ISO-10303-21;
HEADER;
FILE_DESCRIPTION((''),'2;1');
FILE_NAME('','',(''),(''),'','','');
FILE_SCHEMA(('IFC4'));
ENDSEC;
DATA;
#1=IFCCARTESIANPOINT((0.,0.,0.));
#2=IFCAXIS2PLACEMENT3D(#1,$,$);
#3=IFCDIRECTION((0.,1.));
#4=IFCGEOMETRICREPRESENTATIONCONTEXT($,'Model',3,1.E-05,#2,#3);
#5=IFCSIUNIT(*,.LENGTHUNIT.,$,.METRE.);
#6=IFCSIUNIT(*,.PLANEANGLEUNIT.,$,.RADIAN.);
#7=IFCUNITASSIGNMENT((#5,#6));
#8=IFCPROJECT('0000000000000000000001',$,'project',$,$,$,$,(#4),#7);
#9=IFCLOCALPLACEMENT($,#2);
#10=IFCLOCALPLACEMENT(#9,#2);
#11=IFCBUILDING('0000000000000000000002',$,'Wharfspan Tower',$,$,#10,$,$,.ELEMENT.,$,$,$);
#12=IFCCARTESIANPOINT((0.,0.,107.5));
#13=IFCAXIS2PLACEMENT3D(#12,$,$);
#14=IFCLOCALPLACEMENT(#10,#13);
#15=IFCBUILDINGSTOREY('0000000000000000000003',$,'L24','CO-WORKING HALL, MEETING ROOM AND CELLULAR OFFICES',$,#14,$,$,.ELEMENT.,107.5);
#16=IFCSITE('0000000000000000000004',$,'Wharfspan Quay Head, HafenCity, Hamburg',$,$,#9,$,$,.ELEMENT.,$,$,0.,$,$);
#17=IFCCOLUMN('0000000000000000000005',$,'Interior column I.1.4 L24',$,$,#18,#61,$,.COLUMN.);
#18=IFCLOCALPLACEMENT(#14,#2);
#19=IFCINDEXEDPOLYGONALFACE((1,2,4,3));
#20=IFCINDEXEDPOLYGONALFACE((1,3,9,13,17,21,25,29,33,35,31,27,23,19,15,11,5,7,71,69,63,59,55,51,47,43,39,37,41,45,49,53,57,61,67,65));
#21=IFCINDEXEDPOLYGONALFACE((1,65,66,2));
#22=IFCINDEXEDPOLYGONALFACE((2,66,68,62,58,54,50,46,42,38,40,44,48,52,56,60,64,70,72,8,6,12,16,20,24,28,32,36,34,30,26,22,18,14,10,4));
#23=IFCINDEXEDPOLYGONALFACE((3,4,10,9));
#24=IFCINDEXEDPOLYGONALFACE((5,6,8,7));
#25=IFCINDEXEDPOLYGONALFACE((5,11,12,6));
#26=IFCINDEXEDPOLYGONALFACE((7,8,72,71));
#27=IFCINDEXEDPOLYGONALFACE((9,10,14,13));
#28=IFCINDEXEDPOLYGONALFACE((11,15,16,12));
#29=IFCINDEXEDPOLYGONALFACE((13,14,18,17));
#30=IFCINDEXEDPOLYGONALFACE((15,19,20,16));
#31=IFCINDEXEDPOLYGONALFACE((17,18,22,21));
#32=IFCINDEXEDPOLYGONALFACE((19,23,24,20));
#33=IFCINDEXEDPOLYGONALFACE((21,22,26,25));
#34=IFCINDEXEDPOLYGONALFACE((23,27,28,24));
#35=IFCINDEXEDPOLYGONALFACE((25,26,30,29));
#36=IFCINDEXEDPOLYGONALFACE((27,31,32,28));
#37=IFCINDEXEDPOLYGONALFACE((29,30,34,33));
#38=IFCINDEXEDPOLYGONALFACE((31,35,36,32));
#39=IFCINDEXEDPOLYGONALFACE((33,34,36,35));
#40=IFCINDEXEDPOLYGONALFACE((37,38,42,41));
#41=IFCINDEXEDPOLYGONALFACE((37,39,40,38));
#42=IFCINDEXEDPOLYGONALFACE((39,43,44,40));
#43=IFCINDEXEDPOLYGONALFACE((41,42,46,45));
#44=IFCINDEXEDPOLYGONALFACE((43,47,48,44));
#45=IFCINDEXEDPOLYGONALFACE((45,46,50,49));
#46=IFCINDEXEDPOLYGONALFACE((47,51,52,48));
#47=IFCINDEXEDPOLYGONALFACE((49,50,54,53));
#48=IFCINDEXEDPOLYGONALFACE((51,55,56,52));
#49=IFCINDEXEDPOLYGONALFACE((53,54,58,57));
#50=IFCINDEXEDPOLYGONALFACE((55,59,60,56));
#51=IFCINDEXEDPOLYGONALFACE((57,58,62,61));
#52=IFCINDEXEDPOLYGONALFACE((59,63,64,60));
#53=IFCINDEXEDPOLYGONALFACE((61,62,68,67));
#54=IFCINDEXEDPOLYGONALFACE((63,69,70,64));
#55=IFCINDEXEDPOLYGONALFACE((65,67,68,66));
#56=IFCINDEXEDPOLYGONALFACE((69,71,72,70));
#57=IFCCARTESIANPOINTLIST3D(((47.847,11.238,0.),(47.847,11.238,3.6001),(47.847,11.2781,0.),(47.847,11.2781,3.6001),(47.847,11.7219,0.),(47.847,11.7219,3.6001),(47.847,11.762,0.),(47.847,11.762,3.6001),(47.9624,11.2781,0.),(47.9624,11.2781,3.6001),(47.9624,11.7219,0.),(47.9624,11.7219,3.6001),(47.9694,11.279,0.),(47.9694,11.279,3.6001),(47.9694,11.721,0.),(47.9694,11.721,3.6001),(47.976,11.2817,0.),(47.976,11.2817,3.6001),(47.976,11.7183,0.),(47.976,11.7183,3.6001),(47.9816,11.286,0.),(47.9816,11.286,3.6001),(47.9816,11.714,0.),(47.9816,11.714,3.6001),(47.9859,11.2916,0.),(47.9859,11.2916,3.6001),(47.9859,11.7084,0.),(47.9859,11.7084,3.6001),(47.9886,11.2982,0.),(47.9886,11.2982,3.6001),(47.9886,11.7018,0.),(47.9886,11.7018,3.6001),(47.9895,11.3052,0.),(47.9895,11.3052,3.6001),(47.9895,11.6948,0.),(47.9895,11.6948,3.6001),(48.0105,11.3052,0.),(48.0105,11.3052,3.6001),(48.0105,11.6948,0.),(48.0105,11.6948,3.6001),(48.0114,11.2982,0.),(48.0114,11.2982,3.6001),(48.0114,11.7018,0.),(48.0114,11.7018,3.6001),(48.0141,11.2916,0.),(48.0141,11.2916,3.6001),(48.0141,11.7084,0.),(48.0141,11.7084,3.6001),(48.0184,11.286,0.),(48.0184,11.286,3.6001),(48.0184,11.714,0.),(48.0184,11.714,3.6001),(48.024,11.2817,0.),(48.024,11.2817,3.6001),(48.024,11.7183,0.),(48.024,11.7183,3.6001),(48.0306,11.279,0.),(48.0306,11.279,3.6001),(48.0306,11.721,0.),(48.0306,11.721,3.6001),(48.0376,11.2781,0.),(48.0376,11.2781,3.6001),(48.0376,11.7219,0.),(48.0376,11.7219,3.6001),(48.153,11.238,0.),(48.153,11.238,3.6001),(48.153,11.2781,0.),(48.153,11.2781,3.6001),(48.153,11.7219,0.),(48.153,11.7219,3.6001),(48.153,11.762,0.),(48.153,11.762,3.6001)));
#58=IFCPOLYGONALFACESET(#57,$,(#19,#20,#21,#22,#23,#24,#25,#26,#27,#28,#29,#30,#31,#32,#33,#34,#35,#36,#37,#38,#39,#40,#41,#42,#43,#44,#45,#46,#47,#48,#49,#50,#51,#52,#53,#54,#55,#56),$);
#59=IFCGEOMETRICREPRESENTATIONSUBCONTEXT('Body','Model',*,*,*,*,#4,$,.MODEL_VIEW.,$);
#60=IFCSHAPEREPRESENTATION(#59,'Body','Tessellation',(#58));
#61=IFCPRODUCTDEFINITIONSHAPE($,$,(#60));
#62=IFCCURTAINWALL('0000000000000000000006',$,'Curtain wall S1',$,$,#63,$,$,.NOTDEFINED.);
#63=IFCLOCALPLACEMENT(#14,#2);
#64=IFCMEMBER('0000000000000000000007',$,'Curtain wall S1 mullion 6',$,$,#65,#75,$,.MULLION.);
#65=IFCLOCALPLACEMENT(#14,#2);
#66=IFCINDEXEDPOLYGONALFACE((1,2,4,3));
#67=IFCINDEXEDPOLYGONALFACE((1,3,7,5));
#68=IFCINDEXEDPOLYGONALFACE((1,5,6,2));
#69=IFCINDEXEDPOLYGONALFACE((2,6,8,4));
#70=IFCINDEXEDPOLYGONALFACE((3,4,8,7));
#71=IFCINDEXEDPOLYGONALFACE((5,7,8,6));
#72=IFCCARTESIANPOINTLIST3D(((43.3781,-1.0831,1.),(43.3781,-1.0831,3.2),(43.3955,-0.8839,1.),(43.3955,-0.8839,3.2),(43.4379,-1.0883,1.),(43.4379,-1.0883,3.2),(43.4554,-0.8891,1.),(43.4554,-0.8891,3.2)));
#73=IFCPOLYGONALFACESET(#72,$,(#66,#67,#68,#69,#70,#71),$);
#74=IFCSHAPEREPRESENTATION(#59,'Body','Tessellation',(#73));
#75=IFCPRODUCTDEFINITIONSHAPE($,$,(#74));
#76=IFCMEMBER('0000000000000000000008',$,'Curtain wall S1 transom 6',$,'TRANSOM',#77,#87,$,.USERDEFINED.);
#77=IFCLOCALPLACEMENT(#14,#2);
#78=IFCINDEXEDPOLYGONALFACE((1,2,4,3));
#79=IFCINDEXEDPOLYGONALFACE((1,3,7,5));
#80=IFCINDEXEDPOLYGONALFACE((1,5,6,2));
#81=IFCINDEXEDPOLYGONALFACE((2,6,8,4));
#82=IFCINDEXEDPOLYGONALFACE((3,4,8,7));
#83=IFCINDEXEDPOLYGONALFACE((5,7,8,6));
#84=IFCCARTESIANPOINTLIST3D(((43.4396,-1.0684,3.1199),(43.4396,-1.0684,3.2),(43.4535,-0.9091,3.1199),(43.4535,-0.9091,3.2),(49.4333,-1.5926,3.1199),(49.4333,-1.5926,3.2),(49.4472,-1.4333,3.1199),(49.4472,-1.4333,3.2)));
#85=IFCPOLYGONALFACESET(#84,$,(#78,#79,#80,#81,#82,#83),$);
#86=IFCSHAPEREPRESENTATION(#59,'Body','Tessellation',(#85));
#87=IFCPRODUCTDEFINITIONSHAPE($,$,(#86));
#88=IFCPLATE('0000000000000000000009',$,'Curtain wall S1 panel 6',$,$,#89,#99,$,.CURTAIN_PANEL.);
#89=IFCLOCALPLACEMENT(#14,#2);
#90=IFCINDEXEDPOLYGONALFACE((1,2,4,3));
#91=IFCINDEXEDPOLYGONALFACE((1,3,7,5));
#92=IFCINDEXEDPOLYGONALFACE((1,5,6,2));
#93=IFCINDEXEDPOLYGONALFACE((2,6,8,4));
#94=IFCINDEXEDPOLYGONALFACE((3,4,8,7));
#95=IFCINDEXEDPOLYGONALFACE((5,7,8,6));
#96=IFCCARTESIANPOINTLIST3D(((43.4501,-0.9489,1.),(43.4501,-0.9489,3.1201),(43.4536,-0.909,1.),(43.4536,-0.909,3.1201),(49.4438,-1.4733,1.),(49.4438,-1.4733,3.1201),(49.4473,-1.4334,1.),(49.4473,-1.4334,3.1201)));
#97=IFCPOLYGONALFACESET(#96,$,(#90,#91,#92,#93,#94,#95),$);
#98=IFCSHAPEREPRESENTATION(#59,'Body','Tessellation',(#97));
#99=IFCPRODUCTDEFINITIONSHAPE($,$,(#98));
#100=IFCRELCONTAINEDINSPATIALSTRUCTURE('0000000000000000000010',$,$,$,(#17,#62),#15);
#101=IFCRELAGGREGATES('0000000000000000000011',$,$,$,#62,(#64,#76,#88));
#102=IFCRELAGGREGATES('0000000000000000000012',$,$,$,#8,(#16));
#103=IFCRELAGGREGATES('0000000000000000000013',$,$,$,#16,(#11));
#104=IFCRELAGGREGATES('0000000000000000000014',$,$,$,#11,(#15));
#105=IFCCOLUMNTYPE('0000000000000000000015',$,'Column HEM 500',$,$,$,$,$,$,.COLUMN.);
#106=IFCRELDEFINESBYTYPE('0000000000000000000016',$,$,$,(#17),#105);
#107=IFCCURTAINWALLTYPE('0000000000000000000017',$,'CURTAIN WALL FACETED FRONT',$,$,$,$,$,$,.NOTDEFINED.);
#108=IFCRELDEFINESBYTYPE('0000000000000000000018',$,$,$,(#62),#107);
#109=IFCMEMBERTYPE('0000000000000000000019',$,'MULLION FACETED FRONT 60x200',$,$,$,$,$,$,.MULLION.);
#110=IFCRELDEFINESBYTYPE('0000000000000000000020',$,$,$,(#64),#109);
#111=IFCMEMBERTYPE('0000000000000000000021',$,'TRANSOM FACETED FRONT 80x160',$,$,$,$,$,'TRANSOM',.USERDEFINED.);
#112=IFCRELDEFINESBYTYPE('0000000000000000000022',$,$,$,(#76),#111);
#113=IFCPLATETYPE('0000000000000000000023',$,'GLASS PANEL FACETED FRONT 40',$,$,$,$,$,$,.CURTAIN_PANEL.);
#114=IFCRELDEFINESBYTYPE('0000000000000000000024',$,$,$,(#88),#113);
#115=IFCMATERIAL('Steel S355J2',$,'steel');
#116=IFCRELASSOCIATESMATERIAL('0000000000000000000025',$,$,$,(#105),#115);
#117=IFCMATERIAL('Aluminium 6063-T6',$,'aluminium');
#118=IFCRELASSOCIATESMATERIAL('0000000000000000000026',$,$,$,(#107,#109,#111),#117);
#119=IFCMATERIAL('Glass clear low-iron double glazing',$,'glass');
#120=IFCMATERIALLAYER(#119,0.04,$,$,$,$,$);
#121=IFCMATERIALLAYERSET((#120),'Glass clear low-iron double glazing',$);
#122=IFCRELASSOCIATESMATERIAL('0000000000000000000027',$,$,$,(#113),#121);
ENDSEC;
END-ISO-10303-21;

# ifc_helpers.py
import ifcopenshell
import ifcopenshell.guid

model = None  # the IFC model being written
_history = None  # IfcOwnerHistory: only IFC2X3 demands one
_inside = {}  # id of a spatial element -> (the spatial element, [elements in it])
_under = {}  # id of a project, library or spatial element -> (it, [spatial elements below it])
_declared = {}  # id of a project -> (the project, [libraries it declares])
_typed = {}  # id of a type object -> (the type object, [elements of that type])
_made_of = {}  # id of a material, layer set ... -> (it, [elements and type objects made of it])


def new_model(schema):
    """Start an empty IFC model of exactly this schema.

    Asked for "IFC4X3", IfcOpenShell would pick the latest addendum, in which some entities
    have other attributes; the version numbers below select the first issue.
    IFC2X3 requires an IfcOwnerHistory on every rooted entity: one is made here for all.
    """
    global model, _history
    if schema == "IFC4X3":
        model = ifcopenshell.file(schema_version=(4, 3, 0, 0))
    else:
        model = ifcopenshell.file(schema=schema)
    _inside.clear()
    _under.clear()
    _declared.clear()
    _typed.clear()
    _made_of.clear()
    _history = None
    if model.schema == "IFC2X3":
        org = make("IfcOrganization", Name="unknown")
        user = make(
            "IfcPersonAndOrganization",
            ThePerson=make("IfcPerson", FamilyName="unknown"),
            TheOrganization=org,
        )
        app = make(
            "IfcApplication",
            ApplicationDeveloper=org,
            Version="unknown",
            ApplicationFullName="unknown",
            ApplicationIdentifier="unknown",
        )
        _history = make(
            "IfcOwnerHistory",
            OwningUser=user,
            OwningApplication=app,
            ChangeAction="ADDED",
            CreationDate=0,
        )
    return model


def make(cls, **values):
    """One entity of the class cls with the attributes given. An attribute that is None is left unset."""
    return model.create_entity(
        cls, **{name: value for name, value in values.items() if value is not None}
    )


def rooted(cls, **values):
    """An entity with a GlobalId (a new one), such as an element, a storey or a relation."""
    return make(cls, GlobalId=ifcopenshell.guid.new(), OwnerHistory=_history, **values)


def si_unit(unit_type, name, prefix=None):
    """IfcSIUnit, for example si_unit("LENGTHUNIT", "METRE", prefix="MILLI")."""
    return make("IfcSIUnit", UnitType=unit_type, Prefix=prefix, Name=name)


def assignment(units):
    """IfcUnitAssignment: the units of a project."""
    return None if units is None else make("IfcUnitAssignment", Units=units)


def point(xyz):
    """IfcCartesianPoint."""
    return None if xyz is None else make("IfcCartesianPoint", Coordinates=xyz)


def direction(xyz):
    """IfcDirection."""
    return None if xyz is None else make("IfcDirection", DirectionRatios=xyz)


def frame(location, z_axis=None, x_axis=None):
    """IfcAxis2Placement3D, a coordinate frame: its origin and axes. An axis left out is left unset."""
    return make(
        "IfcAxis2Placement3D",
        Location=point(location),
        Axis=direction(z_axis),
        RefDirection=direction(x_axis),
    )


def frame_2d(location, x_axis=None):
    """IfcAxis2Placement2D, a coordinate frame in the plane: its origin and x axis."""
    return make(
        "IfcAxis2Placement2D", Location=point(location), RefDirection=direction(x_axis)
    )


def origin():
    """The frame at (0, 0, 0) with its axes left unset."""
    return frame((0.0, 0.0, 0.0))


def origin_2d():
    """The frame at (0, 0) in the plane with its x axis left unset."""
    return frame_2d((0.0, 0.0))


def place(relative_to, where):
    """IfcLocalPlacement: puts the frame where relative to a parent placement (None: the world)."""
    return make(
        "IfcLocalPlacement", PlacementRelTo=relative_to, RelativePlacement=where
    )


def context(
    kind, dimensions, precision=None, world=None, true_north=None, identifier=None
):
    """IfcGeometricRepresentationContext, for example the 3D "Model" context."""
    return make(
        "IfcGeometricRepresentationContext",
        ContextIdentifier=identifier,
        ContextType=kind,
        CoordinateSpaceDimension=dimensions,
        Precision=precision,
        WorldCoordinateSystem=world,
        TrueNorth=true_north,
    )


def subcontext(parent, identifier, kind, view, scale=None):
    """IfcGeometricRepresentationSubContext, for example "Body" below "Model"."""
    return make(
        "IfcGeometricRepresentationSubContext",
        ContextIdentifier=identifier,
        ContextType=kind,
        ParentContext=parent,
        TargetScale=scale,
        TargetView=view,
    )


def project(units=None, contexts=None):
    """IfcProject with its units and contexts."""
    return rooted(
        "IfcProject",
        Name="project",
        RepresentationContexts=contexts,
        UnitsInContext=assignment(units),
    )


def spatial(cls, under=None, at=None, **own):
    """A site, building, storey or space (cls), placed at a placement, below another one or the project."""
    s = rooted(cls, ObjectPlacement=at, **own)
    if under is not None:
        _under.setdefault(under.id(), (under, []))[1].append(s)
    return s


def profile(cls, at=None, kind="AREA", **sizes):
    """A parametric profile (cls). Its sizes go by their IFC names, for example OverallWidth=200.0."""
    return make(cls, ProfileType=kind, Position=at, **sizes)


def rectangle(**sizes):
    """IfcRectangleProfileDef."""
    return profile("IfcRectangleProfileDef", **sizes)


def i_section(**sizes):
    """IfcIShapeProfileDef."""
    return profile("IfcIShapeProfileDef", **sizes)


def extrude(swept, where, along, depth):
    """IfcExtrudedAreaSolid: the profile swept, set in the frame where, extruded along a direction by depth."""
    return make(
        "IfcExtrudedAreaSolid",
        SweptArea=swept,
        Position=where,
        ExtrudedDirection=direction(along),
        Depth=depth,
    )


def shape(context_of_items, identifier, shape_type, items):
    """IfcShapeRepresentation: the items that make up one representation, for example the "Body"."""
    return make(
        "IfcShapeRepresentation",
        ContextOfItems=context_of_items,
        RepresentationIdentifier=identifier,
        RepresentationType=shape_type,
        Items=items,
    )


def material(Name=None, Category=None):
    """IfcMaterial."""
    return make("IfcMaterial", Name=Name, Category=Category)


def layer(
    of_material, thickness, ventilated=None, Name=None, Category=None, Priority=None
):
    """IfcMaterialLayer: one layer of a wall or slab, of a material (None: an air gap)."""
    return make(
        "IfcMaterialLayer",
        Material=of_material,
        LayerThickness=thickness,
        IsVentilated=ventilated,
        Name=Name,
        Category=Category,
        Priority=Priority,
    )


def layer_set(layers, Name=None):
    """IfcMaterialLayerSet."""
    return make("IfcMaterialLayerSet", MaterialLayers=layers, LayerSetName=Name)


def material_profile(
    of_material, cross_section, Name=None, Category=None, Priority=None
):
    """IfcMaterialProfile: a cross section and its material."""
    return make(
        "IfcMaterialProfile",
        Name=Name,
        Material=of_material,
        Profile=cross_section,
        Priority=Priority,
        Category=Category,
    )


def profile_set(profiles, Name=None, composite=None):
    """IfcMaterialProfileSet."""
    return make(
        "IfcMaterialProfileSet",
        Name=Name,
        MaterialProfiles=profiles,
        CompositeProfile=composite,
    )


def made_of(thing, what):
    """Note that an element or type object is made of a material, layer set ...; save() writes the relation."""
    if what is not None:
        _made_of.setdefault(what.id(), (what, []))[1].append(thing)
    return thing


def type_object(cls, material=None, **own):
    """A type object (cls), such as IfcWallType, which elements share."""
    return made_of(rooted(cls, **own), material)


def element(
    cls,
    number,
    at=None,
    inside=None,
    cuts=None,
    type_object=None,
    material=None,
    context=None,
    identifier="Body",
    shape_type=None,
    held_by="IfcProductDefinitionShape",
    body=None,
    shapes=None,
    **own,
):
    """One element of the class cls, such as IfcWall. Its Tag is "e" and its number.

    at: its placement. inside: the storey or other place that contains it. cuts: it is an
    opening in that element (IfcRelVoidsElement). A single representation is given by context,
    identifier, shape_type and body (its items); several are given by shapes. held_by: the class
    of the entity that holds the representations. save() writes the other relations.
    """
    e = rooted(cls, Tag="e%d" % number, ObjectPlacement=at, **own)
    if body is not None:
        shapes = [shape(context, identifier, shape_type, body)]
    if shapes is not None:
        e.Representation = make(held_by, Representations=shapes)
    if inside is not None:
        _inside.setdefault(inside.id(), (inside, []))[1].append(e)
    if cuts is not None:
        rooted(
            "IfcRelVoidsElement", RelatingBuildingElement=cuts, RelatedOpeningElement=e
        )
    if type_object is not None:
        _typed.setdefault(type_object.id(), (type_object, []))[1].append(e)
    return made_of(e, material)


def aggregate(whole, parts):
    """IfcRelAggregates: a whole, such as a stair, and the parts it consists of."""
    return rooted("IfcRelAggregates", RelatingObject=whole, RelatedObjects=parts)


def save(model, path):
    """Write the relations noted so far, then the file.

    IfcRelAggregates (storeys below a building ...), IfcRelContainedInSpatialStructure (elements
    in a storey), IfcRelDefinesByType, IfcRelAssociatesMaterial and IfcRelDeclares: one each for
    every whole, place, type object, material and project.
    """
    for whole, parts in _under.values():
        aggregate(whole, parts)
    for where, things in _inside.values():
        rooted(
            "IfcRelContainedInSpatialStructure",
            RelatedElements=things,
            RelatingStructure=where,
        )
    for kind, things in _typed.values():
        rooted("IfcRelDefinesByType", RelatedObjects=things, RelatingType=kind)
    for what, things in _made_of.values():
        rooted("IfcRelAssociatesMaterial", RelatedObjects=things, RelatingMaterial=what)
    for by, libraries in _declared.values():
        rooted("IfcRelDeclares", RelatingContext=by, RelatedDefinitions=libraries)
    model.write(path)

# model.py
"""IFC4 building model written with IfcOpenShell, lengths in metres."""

from ifc_helpers import new_model, si_unit, direction, frame, origin, origin_2d, place, context, subcontext, project, spatial, rectangle, i_section, extrude, material, layer, layer_set, material_profile, profile_set, type_object, element, aggregate, save


model = new_model("IFC4")

# Units and contexts
model_context = context("Model", 3, precision=1e-05, world=origin(), true_north=direction((0.0, 1.0)))
body_context = subcontext(model_context, "Body", "Model", "MODEL_VIEW")
ifc_project = project(units=[si_unit("LENGTHUNIT", "METRE"), si_unit("PLANEANGLEUNIT", "RADIAN")], contexts=[model_context])

# Site, building, storey
site_placement = place(None, origin())
site = spatial("IfcSite", under=ifc_project, at=site_placement, Name="Wharfspan Quay Head, HafenCity, Hamburg", CompositionType="ELEMENT", RefElevation=0.0)
building_placement = place(site_placement, origin())
building = spatial("IfcBuilding", under=site, at=building_placement, Name="Wharfspan Tower", CompositionType="ELEMENT")
storey_placement = place(building_placement, frame((0.0, 0.0, 107.5)))
storey = spatial("IfcBuildingStorey", under=building, at=storey_placement, Name="L24", Description="CO-WORKING HALL, MEETING ROOM AND CELLULAR OFFICES", CompositionType="ELEMENT", Elevation=107.5)

# Column
ifc_material_1 = material(Name="Steel S355J2", Category="steel")
ifc_material_profile_1 = material_profile(ifc_material_1, i_section(OverallWidth=0.3059, OverallDepth=0.5239, WebThickness=0.021, FlangeThickness=0.04, FilletRadius=0.0271, at=origin_2d()))
ifc_profile_set_1 = profile_set([ifc_material_profile_1], Name="Steel S355J2")
column_type = type_object("IfcColumnType", Name="Column HEM 500", PredefinedType="COLUMN", material=ifc_profile_set_1)
column_placement = place(storey_placement, frame((48.0, 11.5, 0.0), z_axis=(0.0, 0.0, 1.0), x_axis=(1.0, 0.0, 0.0)))
element("IfcColumn", 1, at=column_placement, inside=storey, type_object=column_type, Name="Interior column I.1.4 L24", PredefinedType="COLUMN", context=body_context, shape_type="SweptSolid", body=[
    extrude(i_section(OverallWidth=0.3059, OverallDepth=0.5239, WebThickness=0.021, FlangeThickness=0.04, FilletRadius=0.0271, at=origin_2d()), origin(), (0.0, 0.0, 1.0), 3.6001),
])

# Curtain wall, members, plate
ifc_material_2 = material(Name="Aluminium 6063-T6", Category="aluminium")
curtain_wall_type = type_object("IfcCurtainWallType", Name="CURTAIN WALL FACETED FRONT", PredefinedType="NOTDEFINED", material=ifc_material_2)
curtain_wall_placement = place(storey_placement, origin())
curtain_wall = element("IfcCurtainWall", 2, at=curtain_wall_placement, inside=storey, type_object=curtain_wall_type, Name="Curtain wall S1", PredefinedType="NOTDEFINED")
ifc_material_profile_2 = material_profile(ifc_material_2, rectangle(XDim=0.2, YDim=0.0601, at=origin_2d()))
ifc_profile_set_2 = profile_set([ifc_material_profile_2], Name="Aluminium 6063-T6")
member_type_1 = type_object("IfcMemberType", Name="MULLION FACETED FRONT 60x200", PredefinedType="MULLION", material=ifc_profile_set_2)
member_1_placement = place(storey_placement, frame((43.4167, -0.9861, 1.0), z_axis=(0.0, 0.0, 1.0), x_axis=(0.087156, 0.996198, 0.0)))
member_1 = element("IfcMember", 3, at=member_1_placement, type_object=member_type_1, Name="Curtain wall S1 mullion 6", PredefinedType="MULLION", context=body_context, shape_type="SweptSolid", body=[
    extrude(rectangle(XDim=0.2, YDim=0.0601, at=origin_2d()), origin(), (0.0, 0.0, 1.0), 2.2),
])
ifc_material_profile_3 = material_profile(ifc_material_2, rectangle(XDim=0.1599, YDim=0.0801, at=origin_2d()))
ifc_profile_set_3 = profile_set([ifc_material_profile_3], Name="Aluminium 6063-T6")
member_type_2 = type_object("IfcMemberType", Name="TRANSOM FACETED FRONT 80x160", ElementType="TRANSOM", PredefinedType="USERDEFINED", material=ifc_profile_set_3)
member_2_placement = place(storey_placement, frame((43.4465, -0.9888, 3.1599), z_axis=(0.996198, -0.087122, 0.0), x_axis=(0.087122, 0.996198, 0.0)))
member_2 = element("IfcMember", 4, at=member_2_placement, type_object=member_type_2, Name="Curtain wall S1 transom 6", ObjectType="TRANSOM", PredefinedType="USERDEFINED", context=body_context, shape_type="SweptSolid", body=[
    extrude(rectangle(XDim=0.1599, YDim=0.0801, at=origin_2d()), origin(), (0.0, 0.0, 1.0), 6.0166),
])
ifc_material_3 = material(Name="Glass clear low-iron double glazing", Category="glass")
ifc_layer_1 = layer(ifc_material_3, 0.04)
ifc_layer_set_1 = layer_set([ifc_layer_1], Name="Glass clear low-iron double glazing")
plate_type = type_object("IfcPlateType", Name="GLASS PANEL FACETED FRONT 40", PredefinedType="CURTAIN_PANEL", material=ifc_layer_set_1)
plate_placement = place(storey_placement, frame((46.4487, -1.1912, 1.0), z_axis=(0.0, 0.0, 1.0), x_axis=(0.996198, -0.087156, 0.0)))
plate = element("IfcPlate", 5, at=plate_placement, type_object=plate_type, Name="Curtain wall S1 panel 6", PredefinedType="CURTAIN_PANEL", context=body_context, shape_type="SweptSolid", body=[
    extrude(rectangle(XDim=6.0166, YDim=0.04, at=origin_2d()), origin(), (0.0, 0.0, 1.0), 2.1201),
])
aggregate(curtain_wall, [member_1, member_2, plate])

save(model, "model.ifc")
